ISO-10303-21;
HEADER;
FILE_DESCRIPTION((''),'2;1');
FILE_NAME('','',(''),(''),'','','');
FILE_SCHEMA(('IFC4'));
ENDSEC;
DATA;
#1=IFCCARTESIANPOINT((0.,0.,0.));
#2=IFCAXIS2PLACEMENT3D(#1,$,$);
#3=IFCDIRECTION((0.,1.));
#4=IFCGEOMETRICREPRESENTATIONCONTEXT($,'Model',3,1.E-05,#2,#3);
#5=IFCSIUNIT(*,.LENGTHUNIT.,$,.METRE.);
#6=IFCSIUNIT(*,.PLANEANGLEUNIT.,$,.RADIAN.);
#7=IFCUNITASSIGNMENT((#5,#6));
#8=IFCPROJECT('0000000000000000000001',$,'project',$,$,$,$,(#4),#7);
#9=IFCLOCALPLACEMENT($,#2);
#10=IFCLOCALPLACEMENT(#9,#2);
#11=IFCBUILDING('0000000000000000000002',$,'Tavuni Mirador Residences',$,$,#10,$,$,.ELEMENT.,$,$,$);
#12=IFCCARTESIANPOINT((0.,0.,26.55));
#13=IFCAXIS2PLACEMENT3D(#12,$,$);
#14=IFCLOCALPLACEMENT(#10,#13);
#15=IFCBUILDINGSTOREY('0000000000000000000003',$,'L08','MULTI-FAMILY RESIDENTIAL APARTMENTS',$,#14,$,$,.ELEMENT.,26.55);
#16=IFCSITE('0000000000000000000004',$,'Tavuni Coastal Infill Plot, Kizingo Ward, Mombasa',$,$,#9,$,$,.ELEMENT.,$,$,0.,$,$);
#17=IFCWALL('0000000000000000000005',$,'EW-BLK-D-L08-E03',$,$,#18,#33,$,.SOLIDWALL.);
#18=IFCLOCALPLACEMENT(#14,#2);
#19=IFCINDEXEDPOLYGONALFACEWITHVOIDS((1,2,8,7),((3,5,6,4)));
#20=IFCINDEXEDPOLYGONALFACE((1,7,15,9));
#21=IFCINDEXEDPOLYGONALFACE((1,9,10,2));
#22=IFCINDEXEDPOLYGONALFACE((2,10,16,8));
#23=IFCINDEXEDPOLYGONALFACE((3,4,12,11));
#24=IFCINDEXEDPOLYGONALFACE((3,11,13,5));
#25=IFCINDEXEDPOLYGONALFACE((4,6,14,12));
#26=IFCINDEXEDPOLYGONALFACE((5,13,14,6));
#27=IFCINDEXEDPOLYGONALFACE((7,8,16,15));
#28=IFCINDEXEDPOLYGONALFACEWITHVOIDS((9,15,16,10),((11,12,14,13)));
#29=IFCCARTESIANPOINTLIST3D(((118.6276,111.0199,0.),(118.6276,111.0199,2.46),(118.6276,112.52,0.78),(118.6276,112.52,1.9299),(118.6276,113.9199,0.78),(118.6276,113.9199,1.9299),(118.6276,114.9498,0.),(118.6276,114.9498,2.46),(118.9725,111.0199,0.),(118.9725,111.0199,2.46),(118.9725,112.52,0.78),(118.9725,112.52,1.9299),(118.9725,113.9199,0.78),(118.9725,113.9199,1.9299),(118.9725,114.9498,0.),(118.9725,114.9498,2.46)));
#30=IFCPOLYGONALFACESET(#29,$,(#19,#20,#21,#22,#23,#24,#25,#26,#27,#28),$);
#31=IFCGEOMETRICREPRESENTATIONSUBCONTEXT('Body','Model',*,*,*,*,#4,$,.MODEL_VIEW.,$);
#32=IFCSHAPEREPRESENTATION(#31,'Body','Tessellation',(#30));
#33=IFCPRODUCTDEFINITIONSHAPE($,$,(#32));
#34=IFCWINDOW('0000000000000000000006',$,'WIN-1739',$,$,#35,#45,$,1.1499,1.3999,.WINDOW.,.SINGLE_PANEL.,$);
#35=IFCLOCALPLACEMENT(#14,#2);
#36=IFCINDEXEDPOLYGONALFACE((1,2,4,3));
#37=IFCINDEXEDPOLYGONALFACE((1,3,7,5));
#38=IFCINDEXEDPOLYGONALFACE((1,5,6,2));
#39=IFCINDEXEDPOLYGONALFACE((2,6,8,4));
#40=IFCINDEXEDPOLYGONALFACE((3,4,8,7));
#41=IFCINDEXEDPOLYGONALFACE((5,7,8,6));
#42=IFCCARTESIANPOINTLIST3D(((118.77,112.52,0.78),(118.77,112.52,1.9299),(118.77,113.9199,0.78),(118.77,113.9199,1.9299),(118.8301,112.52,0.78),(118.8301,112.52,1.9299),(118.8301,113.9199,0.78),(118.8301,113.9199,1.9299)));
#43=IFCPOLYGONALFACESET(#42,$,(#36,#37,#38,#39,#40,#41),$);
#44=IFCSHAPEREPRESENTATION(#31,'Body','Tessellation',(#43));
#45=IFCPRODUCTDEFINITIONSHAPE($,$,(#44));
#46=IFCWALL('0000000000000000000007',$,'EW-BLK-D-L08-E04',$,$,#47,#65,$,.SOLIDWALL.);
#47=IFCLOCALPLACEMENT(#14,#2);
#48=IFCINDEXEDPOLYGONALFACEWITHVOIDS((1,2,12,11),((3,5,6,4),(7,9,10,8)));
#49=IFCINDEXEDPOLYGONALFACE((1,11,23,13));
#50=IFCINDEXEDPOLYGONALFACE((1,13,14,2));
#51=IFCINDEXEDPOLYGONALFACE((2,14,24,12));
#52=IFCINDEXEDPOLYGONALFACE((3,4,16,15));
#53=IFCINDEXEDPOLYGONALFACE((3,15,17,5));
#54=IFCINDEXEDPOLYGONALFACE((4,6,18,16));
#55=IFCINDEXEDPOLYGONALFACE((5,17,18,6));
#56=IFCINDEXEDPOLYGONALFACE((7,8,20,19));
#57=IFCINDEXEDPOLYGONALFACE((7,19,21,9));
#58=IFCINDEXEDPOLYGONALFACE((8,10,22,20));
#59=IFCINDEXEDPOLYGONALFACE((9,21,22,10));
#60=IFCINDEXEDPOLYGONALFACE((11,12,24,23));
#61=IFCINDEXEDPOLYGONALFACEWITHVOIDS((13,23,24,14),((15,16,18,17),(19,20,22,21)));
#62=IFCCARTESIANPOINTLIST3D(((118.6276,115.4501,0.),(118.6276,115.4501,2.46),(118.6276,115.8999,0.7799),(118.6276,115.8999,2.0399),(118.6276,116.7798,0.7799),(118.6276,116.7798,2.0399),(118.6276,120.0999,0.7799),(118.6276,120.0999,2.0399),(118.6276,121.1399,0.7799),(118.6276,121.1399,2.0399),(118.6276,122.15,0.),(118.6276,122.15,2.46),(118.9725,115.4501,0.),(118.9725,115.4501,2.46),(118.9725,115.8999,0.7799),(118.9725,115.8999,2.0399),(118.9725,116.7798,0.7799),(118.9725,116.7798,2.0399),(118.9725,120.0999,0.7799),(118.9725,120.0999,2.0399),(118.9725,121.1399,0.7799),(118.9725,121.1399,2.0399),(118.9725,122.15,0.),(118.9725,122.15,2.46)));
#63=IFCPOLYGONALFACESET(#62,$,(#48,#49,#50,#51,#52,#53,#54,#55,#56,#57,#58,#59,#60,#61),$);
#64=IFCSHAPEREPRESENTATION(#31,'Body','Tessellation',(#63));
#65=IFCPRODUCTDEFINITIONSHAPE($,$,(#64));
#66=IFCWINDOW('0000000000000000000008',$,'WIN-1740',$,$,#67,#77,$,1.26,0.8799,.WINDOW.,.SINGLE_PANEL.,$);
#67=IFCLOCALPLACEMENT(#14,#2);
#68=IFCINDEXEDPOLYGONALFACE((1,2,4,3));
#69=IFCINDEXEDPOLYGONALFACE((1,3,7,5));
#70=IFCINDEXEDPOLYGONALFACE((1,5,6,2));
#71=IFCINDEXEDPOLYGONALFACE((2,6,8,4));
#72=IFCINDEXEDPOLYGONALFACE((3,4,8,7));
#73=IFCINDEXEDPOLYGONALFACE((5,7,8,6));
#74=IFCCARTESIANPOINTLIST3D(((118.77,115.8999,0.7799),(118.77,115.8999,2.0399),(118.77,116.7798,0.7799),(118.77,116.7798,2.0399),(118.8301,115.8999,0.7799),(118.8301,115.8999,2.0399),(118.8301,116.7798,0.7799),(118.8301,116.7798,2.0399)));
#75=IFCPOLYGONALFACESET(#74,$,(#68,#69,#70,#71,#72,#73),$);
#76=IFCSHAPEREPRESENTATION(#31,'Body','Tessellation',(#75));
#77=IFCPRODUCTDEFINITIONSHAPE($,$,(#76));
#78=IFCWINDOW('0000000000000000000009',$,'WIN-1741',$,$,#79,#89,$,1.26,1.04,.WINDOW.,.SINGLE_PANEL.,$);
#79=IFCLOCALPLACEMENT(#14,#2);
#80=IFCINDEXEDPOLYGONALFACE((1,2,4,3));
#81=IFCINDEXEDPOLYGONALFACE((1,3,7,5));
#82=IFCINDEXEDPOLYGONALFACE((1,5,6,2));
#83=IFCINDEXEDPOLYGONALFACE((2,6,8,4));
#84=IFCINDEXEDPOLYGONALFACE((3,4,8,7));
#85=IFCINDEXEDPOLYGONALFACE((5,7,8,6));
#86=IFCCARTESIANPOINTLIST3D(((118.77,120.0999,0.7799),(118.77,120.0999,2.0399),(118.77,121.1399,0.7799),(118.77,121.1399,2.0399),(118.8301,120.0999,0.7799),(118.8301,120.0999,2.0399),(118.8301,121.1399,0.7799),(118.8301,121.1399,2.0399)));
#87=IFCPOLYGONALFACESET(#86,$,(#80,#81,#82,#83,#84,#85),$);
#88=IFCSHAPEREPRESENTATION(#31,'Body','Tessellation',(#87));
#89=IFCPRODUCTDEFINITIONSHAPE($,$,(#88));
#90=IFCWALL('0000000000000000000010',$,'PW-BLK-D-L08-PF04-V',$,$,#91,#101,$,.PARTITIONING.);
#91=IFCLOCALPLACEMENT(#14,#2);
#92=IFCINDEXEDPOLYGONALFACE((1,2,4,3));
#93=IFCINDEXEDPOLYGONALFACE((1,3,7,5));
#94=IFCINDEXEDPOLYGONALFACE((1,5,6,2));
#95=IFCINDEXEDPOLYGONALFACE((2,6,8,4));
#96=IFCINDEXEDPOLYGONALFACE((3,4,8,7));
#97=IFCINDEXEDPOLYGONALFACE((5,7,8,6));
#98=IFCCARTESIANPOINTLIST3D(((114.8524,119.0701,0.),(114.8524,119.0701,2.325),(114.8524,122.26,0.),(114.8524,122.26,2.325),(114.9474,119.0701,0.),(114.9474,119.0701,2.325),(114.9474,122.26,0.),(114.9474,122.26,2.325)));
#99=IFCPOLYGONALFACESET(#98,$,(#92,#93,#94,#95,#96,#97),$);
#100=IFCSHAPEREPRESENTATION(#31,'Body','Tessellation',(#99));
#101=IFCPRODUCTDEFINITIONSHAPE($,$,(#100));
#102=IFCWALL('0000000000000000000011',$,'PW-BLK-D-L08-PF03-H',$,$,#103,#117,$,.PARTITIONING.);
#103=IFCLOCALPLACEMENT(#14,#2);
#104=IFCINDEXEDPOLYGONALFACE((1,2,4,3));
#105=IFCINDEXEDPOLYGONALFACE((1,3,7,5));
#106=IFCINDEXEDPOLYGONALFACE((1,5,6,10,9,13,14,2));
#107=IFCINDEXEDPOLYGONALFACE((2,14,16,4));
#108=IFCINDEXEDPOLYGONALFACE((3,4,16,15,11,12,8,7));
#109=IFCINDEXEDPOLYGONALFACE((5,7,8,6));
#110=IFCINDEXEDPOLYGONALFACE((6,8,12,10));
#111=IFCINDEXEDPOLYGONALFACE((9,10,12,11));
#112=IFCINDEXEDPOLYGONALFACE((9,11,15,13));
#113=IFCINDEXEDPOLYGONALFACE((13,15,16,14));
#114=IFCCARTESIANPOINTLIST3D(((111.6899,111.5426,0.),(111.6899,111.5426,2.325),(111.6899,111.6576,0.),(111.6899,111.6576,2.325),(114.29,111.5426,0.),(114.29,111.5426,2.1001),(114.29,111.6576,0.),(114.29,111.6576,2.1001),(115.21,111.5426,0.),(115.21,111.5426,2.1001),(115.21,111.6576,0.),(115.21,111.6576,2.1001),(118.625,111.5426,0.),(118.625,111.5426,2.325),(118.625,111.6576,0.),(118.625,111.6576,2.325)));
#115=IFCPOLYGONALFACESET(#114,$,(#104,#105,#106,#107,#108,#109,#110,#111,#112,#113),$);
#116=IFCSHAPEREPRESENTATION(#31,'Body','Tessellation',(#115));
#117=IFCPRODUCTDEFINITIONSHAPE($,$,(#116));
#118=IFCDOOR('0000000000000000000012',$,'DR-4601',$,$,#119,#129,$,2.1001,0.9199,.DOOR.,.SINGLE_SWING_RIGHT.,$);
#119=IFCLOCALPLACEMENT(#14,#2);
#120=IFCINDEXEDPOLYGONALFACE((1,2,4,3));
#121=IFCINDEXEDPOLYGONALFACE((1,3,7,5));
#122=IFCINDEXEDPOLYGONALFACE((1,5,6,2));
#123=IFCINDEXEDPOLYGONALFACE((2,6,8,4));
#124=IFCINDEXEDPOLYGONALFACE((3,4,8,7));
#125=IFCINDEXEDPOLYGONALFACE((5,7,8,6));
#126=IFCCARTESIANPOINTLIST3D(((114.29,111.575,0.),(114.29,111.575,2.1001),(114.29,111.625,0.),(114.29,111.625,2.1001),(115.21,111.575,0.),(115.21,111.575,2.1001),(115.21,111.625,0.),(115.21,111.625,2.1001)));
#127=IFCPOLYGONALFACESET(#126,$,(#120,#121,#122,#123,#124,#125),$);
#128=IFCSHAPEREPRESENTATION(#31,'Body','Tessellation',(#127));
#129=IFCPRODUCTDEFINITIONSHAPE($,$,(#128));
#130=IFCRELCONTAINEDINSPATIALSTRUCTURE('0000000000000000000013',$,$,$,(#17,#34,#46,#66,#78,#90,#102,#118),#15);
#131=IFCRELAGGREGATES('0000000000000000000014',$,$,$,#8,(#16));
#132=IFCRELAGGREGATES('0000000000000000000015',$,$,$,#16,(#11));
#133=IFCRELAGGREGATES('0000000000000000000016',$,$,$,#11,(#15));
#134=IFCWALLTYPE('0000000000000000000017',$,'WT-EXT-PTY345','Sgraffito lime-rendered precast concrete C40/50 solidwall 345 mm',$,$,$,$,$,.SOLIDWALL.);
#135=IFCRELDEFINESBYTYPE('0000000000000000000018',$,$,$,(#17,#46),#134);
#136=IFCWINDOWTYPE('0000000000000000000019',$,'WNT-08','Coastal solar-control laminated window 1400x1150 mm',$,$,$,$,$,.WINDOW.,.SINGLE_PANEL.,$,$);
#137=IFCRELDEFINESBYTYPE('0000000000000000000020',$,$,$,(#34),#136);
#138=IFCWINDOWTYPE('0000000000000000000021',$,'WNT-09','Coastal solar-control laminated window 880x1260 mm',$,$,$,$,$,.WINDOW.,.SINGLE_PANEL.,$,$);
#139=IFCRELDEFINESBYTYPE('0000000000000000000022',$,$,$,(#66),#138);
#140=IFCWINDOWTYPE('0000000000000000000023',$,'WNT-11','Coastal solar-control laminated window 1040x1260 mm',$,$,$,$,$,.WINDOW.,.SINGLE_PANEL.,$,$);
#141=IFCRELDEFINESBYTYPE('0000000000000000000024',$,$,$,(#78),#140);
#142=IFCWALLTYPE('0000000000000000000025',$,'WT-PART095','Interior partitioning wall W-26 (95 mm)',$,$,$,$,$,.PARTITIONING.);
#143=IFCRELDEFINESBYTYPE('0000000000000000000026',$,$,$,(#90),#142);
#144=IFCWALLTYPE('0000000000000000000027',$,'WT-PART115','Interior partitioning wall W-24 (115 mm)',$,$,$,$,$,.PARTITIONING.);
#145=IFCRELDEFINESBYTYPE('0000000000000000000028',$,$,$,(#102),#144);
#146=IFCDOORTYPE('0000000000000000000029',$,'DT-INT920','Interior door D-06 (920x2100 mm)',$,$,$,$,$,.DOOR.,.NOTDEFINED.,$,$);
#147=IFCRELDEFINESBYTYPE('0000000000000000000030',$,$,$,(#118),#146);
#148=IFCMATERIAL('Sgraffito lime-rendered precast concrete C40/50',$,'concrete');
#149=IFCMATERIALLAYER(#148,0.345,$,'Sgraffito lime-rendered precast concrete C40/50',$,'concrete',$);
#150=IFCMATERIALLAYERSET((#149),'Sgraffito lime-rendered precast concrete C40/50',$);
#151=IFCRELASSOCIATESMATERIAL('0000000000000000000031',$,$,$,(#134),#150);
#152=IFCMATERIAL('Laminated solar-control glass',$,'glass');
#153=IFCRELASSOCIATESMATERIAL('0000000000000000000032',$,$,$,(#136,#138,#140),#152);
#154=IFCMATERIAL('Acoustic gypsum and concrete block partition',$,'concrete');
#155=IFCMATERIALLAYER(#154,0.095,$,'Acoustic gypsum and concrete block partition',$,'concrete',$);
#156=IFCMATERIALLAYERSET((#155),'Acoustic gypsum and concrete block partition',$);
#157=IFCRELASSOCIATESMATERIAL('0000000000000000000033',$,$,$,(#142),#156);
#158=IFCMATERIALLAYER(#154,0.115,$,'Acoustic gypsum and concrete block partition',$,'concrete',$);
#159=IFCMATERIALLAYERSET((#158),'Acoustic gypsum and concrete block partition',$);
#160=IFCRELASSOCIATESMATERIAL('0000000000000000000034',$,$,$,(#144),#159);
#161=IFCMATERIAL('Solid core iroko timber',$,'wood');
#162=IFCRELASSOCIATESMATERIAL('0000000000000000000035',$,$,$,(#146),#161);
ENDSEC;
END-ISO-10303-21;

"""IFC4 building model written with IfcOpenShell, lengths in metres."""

from ifc_helpers import new_model, si_unit, direction, frame, frame_2d, origin, place, context, subcontext, project, spatial, rectangle, extrude, material, layer, layer_set, type_object, element, fill, save


model = new_model("IFC4")

# Units and contexts
model_context = context("Model", 3, precision=1e-05, world=origin(), true_north=direction((0.0, 1.0)))
body_context = subcontext(model_context, "Body", "Model", "MODEL_VIEW")
ifc_project = project(units=[si_unit("LENGTHUNIT", "METRE"), si_unit("PLANEANGLEUNIT", "RADIAN")], contexts=[model_context])

# Site, building, storey
site_placement = place(None, origin())
site = spatial("IfcSite", under=ifc_project, at=site_placement, Name="Tavuni Coastal Infill Plot, Kizingo Ward, Mombasa", CompositionType="ELEMENT", RefElevation=0.0)
building_placement = place(site_placement, origin())
building = spatial("IfcBuilding", under=site, at=building_placement, Name="Tavuni Mirador Residences", CompositionType="ELEMENT")
storey_placement = place(building_placement, frame((0.0, 0.0, 26.55)))
storey = spatial("IfcBuildingStorey", under=building, at=storey_placement, Name="L08", Description="MULTI-FAMILY RESIDENTIAL APARTMENTS", CompositionType="ELEMENT", Elevation=26.55)

# Shared definitions
ifc_material_1 = material(Name="Solid core iroko timber", Category="wood")

# Wall, opening, window
ifc_material_2 = material(Name="Sgraffito lime-rendered precast concrete C40/50", Category="concrete")
ifc_layer_1 = layer(ifc_material_2, 0.345, Name="Sgraffito lime-rendered precast concrete C40/50", Category="concrete")
ifc_layer_set_1 = layer_set([ifc_layer_1], Name="Sgraffito lime-rendered precast concrete C40/50")
wall_type_1 = type_object("IfcWallType", Name="WT-EXT-PTY345", Description="Sgraffito lime-rendered precast concrete C40/50 solidwall 345 mm", PredefinedType="SOLIDWALL", material=ifc_layer_set_1)
wall_1_placement = place(storey_placement, frame((118.8, 111.02, 0.0), z_axis=(0.0, 0.0, 1.0), x_axis=(0.0, 1.0, 0.0)))
wall_1 = element("IfcWall", 1, at=wall_1_placement, inside=storey, type_object=wall_type_1, Name="EW-BLK-D-L08-E03", PredefinedType="SOLIDWALL", context=body_context, shape_type="SweptSolid", body=[
    extrude(rectangle(XDim=3.9299, YDim=0.345, at=frame_2d((1.9648, 0.0))), origin(), (0.0, 0.0, 1.0), 2.46),
])
opening_1_placement = place(wall_1_placement, frame((1.5, 0.0, 0.78)))
opening_1 = element("IfcOpeningElement", 2, at=opening_1_placement, cuts=wall_1, PredefinedType="OPENING", context=body_context, shape_type="SweptSolid", body=[
    extrude(rectangle(XDim=1.3999, YDim=1.1499, at=frame_2d((0.7, 0.575))), frame((0.0, 0.1826, 0.0), z_axis=(0.0, -1.0, 0.0), x_axis=(1.0, 0.0, 0.0)), (0.0, 0.0, 1.0), 0.365),
])
ifc_material_3 = material(Name="Laminated solar-control glass", Category="glass")
window_type_1 = type_object("IfcWindowType", Name="WNT-08", Description="Coastal solar-control laminated window 1400x1150 mm", PartitioningType="SINGLE_PANEL", PredefinedType="WINDOW", material=ifc_material_3)
window_1_placement = place(opening_1_placement, origin())
window_1 = element("IfcWindow", 3, at=window_1_placement, inside=storey, type_object=window_type_1, Name="WIN-1739", OverallHeight=1.1499, OverallWidth=1.3999, PartitioningType="SINGLE_PANEL", PredefinedType="WINDOW", context=body_context, shape_type="SweptSolid", body=[
    extrude(rectangle(XDim=1.3999, YDim=1.1499, at=frame_2d((0.7, 0.575))), frame((0.0, 0.03, 0.0), z_axis=(0.0, -1.0, 0.0), x_axis=(1.0, 0.0, 0.0)), (0.0, 0.0, 1.0), 0.0601),
])
fill(opening_1, window_1)

# Wall, openings, windows
wall_2_placement = place(storey_placement, frame((118.8, 115.45, 0.0), z_axis=(0.0, 0.0, 1.0), x_axis=(0.0, 1.0, 0.0)))
wall_2 = element("IfcWall", 4, at=wall_2_placement, inside=storey, type_object=wall_type_1, Name="EW-BLK-D-L08-E04", PredefinedType="SOLIDWALL", context=body_context, shape_type="SweptSolid", body=[
    extrude(rectangle(XDim=6.7, YDim=0.345, at=frame_2d((3.3501, 0.0))), origin(), (0.0, 0.0, 1.0), 2.46),
])
opening_2_placement = place(wall_2_placement, frame((0.45, 0.0, 0.78)))
opening_2 = element("IfcOpeningElement", 5, at=opening_2_placement, cuts=wall_2, PredefinedType="OPENING", context=body_context, shape_type="SweptSolid", body=[
    extrude(rectangle(XDim=0.8799, YDim=1.26, at=frame_2d((0.4399, 0.6299))), frame((0.0, 0.1826, 0.0), z_axis=(0.0, -1.0, 0.0), x_axis=(1.0, 0.0, 0.0)), (0.0, 0.0, 1.0), 0.365),
])
opening_3_placement = place(wall_2_placement, frame((4.6499, 0.0, 0.78)))
opening_3 = element("IfcOpeningElement", 6, at=opening_3_placement, cuts=wall_2, PredefinedType="OPENING", context=body_context, shape_type="SweptSolid", body=[
    extrude(rectangle(XDim=1.04, YDim=1.26, at=frame_2d((0.52, 0.6299))), frame((0.0, 0.1826, 0.0), z_axis=(0.0, -1.0, 0.0), x_axis=(1.0, 0.0, 0.0)), (0.0, 0.0, 1.0), 0.365),
])
window_type_2 = type_object("IfcWindowType", Name="WNT-09", Description="Coastal solar-control laminated window 880x1260 mm", PartitioningType="SINGLE_PANEL", PredefinedType="WINDOW", material=ifc_material_3)
window_2_placement = place(opening_2_placement, origin())
window_2 = element("IfcWindow", 7, at=window_2_placement, inside=storey, type_object=window_type_2, Name="WIN-1740", OverallHeight=1.26, OverallWidth=0.8799, PartitioningType="SINGLE_PANEL", PredefinedType="WINDOW", context=body_context, shape_type="SweptSolid", body=[
    extrude(rectangle(XDim=0.8799, YDim=1.26, at=frame_2d((0.4399, 0.6299))), frame((0.0, 0.03, 0.0), z_axis=(0.0, -1.0, 0.0), x_axis=(1.0, 0.0, 0.0)), (0.0, 0.0, 1.0), 0.0601),
])
fill(opening_2, window_2)
window_type_3 = type_object("IfcWindowType", Name="WNT-11", Description="Coastal solar-control laminated window 1040x1260 mm", PartitioningType="SINGLE_PANEL", PredefinedType="WINDOW", material=ifc_material_3)
window_3_placement = place(opening_3_placement, origin())
window_3 = element("IfcWindow", 8, at=window_3_placement, inside=storey, type_object=window_type_3, Name="WIN-1741", OverallHeight=1.26, OverallWidth=1.04, PartitioningType="SINGLE_PANEL", PredefinedType="WINDOW", context=body_context, shape_type="SweptSolid", body=[
    extrude(rectangle(XDim=1.04, YDim=1.26, at=frame_2d((0.52, 0.6299))), frame((0.0, 0.03, 0.0), z_axis=(0.0, -1.0, 0.0), x_axis=(1.0, 0.0, 0.0)), (0.0, 0.0, 1.0), 0.0601),
])
fill(opening_3, window_3)

# Wall
ifc_material_4 = material(Name="Acoustic gypsum and concrete block partition", Category="concrete")
ifc_layer_2 = layer(ifc_material_4, 0.095, Name="Acoustic gypsum and concrete block partition", Category="concrete")
ifc_layer_set_2 = layer_set([ifc_layer_2], Name="Acoustic gypsum and concrete block partition")
wall_type_2 = type_object("IfcWallType", Name="WT-PART095", Description="Interior partitioning wall W-26 (95 mm)", PredefinedType="PARTITIONING", material=ifc_layer_set_2)
wall_3_placement = place(storey_placement, frame((114.8999, 119.0701, 0.0), z_axis=(0.0, 0.0, 1.0), x_axis=(0.0, 1.0, 0.0)))
element("IfcWall", 9, at=wall_3_placement, inside=storey, type_object=wall_type_2, Name="PW-BLK-D-L08-PF04-V", PredefinedType="PARTITIONING", context=body_context, shape_type="SweptSolid", body=[
    extrude(rectangle(XDim=3.1899, YDim=0.095, at=frame_2d((1.595, 0.0))), origin(), (0.0, 0.0, 1.0), 2.325),
])

# Wall, opening, door
ifc_layer_3 = layer(ifc_material_4, 0.115, Name="Acoustic gypsum and concrete block partition", Category="concrete")
ifc_layer_set_3 = layer_set([ifc_layer_3], Name="Acoustic gypsum and concrete block partition")
wall_type_3 = type_object("IfcWallType", Name="WT-PART115", Description="Interior partitioning wall W-24 (115 mm)", PredefinedType="PARTITIONING", material=ifc_layer_set_3)
wall_4_placement = place(storey_placement, frame((111.6899, 111.6001, 0.0), z_axis=(0.0, 0.0, 1.0), x_axis=(1.0, 0.0, 0.0)))
wall_4 = element("IfcWall", 10, at=wall_4_placement, inside=storey, type_object=wall_type_3, Name="PW-BLK-D-L08-PF03-H", PredefinedType="PARTITIONING", context=body_context, shape_type="SweptSolid", body=[
    extrude(rectangle(XDim=6.9351, YDim=0.115, at=frame_2d((3.4675, 0.0))), origin(), (0.0, 0.0, 1.0), 2.325),
])
opening_4_placement = place(wall_4_placement, frame((2.6001, 0.0, 0.0)))
opening_4 = element("IfcOpeningElement", 11, at=opening_4_placement, cuts=wall_4, PredefinedType="OPENING", context=body_context, shape_type="SweptSolid", body=[
    extrude(rectangle(XDim=0.9199, YDim=2.1001, at=frame_2d((0.46, 1.05))), frame((0.0, 0.0674, 0.0), z_axis=(0.0, -1.0, 0.0), x_axis=(1.0, 0.0, 0.0)), (0.0, 0.0, 1.0), 0.135),
])
door_type_1 = type_object("IfcDoorType", Name="DT-INT920", Description="Interior door D-06 (920x2100 mm)", OperationType="NOTDEFINED", PredefinedType="DOOR", material=ifc_material_1)
door_1_placement = place(opening_4_placement, origin())
door_1 = element("IfcDoor", 12, at=door_1_placement, inside=storey, type_object=door_type_1, Name="DR-4601", OperationType="SINGLE_SWING_RIGHT", OverallHeight=2.1001, OverallWidth=0.9199, PredefinedType="DOOR", context=body_context, shape_type="SweptSolid", body=[
    extrude(rectangle(XDim=0.9199, YDim=2.1001, at=frame_2d((0.46, 1.05))), frame((0.0, 0.0249, 0.0), z_axis=(0.0, -1.0, 0.0), x_axis=(1.0, 0.0, 0.0)), (0.0, 0.0, 1.0), 0.05),
])
fill(opening_4, door_1)

save(model, "model.ifc")
